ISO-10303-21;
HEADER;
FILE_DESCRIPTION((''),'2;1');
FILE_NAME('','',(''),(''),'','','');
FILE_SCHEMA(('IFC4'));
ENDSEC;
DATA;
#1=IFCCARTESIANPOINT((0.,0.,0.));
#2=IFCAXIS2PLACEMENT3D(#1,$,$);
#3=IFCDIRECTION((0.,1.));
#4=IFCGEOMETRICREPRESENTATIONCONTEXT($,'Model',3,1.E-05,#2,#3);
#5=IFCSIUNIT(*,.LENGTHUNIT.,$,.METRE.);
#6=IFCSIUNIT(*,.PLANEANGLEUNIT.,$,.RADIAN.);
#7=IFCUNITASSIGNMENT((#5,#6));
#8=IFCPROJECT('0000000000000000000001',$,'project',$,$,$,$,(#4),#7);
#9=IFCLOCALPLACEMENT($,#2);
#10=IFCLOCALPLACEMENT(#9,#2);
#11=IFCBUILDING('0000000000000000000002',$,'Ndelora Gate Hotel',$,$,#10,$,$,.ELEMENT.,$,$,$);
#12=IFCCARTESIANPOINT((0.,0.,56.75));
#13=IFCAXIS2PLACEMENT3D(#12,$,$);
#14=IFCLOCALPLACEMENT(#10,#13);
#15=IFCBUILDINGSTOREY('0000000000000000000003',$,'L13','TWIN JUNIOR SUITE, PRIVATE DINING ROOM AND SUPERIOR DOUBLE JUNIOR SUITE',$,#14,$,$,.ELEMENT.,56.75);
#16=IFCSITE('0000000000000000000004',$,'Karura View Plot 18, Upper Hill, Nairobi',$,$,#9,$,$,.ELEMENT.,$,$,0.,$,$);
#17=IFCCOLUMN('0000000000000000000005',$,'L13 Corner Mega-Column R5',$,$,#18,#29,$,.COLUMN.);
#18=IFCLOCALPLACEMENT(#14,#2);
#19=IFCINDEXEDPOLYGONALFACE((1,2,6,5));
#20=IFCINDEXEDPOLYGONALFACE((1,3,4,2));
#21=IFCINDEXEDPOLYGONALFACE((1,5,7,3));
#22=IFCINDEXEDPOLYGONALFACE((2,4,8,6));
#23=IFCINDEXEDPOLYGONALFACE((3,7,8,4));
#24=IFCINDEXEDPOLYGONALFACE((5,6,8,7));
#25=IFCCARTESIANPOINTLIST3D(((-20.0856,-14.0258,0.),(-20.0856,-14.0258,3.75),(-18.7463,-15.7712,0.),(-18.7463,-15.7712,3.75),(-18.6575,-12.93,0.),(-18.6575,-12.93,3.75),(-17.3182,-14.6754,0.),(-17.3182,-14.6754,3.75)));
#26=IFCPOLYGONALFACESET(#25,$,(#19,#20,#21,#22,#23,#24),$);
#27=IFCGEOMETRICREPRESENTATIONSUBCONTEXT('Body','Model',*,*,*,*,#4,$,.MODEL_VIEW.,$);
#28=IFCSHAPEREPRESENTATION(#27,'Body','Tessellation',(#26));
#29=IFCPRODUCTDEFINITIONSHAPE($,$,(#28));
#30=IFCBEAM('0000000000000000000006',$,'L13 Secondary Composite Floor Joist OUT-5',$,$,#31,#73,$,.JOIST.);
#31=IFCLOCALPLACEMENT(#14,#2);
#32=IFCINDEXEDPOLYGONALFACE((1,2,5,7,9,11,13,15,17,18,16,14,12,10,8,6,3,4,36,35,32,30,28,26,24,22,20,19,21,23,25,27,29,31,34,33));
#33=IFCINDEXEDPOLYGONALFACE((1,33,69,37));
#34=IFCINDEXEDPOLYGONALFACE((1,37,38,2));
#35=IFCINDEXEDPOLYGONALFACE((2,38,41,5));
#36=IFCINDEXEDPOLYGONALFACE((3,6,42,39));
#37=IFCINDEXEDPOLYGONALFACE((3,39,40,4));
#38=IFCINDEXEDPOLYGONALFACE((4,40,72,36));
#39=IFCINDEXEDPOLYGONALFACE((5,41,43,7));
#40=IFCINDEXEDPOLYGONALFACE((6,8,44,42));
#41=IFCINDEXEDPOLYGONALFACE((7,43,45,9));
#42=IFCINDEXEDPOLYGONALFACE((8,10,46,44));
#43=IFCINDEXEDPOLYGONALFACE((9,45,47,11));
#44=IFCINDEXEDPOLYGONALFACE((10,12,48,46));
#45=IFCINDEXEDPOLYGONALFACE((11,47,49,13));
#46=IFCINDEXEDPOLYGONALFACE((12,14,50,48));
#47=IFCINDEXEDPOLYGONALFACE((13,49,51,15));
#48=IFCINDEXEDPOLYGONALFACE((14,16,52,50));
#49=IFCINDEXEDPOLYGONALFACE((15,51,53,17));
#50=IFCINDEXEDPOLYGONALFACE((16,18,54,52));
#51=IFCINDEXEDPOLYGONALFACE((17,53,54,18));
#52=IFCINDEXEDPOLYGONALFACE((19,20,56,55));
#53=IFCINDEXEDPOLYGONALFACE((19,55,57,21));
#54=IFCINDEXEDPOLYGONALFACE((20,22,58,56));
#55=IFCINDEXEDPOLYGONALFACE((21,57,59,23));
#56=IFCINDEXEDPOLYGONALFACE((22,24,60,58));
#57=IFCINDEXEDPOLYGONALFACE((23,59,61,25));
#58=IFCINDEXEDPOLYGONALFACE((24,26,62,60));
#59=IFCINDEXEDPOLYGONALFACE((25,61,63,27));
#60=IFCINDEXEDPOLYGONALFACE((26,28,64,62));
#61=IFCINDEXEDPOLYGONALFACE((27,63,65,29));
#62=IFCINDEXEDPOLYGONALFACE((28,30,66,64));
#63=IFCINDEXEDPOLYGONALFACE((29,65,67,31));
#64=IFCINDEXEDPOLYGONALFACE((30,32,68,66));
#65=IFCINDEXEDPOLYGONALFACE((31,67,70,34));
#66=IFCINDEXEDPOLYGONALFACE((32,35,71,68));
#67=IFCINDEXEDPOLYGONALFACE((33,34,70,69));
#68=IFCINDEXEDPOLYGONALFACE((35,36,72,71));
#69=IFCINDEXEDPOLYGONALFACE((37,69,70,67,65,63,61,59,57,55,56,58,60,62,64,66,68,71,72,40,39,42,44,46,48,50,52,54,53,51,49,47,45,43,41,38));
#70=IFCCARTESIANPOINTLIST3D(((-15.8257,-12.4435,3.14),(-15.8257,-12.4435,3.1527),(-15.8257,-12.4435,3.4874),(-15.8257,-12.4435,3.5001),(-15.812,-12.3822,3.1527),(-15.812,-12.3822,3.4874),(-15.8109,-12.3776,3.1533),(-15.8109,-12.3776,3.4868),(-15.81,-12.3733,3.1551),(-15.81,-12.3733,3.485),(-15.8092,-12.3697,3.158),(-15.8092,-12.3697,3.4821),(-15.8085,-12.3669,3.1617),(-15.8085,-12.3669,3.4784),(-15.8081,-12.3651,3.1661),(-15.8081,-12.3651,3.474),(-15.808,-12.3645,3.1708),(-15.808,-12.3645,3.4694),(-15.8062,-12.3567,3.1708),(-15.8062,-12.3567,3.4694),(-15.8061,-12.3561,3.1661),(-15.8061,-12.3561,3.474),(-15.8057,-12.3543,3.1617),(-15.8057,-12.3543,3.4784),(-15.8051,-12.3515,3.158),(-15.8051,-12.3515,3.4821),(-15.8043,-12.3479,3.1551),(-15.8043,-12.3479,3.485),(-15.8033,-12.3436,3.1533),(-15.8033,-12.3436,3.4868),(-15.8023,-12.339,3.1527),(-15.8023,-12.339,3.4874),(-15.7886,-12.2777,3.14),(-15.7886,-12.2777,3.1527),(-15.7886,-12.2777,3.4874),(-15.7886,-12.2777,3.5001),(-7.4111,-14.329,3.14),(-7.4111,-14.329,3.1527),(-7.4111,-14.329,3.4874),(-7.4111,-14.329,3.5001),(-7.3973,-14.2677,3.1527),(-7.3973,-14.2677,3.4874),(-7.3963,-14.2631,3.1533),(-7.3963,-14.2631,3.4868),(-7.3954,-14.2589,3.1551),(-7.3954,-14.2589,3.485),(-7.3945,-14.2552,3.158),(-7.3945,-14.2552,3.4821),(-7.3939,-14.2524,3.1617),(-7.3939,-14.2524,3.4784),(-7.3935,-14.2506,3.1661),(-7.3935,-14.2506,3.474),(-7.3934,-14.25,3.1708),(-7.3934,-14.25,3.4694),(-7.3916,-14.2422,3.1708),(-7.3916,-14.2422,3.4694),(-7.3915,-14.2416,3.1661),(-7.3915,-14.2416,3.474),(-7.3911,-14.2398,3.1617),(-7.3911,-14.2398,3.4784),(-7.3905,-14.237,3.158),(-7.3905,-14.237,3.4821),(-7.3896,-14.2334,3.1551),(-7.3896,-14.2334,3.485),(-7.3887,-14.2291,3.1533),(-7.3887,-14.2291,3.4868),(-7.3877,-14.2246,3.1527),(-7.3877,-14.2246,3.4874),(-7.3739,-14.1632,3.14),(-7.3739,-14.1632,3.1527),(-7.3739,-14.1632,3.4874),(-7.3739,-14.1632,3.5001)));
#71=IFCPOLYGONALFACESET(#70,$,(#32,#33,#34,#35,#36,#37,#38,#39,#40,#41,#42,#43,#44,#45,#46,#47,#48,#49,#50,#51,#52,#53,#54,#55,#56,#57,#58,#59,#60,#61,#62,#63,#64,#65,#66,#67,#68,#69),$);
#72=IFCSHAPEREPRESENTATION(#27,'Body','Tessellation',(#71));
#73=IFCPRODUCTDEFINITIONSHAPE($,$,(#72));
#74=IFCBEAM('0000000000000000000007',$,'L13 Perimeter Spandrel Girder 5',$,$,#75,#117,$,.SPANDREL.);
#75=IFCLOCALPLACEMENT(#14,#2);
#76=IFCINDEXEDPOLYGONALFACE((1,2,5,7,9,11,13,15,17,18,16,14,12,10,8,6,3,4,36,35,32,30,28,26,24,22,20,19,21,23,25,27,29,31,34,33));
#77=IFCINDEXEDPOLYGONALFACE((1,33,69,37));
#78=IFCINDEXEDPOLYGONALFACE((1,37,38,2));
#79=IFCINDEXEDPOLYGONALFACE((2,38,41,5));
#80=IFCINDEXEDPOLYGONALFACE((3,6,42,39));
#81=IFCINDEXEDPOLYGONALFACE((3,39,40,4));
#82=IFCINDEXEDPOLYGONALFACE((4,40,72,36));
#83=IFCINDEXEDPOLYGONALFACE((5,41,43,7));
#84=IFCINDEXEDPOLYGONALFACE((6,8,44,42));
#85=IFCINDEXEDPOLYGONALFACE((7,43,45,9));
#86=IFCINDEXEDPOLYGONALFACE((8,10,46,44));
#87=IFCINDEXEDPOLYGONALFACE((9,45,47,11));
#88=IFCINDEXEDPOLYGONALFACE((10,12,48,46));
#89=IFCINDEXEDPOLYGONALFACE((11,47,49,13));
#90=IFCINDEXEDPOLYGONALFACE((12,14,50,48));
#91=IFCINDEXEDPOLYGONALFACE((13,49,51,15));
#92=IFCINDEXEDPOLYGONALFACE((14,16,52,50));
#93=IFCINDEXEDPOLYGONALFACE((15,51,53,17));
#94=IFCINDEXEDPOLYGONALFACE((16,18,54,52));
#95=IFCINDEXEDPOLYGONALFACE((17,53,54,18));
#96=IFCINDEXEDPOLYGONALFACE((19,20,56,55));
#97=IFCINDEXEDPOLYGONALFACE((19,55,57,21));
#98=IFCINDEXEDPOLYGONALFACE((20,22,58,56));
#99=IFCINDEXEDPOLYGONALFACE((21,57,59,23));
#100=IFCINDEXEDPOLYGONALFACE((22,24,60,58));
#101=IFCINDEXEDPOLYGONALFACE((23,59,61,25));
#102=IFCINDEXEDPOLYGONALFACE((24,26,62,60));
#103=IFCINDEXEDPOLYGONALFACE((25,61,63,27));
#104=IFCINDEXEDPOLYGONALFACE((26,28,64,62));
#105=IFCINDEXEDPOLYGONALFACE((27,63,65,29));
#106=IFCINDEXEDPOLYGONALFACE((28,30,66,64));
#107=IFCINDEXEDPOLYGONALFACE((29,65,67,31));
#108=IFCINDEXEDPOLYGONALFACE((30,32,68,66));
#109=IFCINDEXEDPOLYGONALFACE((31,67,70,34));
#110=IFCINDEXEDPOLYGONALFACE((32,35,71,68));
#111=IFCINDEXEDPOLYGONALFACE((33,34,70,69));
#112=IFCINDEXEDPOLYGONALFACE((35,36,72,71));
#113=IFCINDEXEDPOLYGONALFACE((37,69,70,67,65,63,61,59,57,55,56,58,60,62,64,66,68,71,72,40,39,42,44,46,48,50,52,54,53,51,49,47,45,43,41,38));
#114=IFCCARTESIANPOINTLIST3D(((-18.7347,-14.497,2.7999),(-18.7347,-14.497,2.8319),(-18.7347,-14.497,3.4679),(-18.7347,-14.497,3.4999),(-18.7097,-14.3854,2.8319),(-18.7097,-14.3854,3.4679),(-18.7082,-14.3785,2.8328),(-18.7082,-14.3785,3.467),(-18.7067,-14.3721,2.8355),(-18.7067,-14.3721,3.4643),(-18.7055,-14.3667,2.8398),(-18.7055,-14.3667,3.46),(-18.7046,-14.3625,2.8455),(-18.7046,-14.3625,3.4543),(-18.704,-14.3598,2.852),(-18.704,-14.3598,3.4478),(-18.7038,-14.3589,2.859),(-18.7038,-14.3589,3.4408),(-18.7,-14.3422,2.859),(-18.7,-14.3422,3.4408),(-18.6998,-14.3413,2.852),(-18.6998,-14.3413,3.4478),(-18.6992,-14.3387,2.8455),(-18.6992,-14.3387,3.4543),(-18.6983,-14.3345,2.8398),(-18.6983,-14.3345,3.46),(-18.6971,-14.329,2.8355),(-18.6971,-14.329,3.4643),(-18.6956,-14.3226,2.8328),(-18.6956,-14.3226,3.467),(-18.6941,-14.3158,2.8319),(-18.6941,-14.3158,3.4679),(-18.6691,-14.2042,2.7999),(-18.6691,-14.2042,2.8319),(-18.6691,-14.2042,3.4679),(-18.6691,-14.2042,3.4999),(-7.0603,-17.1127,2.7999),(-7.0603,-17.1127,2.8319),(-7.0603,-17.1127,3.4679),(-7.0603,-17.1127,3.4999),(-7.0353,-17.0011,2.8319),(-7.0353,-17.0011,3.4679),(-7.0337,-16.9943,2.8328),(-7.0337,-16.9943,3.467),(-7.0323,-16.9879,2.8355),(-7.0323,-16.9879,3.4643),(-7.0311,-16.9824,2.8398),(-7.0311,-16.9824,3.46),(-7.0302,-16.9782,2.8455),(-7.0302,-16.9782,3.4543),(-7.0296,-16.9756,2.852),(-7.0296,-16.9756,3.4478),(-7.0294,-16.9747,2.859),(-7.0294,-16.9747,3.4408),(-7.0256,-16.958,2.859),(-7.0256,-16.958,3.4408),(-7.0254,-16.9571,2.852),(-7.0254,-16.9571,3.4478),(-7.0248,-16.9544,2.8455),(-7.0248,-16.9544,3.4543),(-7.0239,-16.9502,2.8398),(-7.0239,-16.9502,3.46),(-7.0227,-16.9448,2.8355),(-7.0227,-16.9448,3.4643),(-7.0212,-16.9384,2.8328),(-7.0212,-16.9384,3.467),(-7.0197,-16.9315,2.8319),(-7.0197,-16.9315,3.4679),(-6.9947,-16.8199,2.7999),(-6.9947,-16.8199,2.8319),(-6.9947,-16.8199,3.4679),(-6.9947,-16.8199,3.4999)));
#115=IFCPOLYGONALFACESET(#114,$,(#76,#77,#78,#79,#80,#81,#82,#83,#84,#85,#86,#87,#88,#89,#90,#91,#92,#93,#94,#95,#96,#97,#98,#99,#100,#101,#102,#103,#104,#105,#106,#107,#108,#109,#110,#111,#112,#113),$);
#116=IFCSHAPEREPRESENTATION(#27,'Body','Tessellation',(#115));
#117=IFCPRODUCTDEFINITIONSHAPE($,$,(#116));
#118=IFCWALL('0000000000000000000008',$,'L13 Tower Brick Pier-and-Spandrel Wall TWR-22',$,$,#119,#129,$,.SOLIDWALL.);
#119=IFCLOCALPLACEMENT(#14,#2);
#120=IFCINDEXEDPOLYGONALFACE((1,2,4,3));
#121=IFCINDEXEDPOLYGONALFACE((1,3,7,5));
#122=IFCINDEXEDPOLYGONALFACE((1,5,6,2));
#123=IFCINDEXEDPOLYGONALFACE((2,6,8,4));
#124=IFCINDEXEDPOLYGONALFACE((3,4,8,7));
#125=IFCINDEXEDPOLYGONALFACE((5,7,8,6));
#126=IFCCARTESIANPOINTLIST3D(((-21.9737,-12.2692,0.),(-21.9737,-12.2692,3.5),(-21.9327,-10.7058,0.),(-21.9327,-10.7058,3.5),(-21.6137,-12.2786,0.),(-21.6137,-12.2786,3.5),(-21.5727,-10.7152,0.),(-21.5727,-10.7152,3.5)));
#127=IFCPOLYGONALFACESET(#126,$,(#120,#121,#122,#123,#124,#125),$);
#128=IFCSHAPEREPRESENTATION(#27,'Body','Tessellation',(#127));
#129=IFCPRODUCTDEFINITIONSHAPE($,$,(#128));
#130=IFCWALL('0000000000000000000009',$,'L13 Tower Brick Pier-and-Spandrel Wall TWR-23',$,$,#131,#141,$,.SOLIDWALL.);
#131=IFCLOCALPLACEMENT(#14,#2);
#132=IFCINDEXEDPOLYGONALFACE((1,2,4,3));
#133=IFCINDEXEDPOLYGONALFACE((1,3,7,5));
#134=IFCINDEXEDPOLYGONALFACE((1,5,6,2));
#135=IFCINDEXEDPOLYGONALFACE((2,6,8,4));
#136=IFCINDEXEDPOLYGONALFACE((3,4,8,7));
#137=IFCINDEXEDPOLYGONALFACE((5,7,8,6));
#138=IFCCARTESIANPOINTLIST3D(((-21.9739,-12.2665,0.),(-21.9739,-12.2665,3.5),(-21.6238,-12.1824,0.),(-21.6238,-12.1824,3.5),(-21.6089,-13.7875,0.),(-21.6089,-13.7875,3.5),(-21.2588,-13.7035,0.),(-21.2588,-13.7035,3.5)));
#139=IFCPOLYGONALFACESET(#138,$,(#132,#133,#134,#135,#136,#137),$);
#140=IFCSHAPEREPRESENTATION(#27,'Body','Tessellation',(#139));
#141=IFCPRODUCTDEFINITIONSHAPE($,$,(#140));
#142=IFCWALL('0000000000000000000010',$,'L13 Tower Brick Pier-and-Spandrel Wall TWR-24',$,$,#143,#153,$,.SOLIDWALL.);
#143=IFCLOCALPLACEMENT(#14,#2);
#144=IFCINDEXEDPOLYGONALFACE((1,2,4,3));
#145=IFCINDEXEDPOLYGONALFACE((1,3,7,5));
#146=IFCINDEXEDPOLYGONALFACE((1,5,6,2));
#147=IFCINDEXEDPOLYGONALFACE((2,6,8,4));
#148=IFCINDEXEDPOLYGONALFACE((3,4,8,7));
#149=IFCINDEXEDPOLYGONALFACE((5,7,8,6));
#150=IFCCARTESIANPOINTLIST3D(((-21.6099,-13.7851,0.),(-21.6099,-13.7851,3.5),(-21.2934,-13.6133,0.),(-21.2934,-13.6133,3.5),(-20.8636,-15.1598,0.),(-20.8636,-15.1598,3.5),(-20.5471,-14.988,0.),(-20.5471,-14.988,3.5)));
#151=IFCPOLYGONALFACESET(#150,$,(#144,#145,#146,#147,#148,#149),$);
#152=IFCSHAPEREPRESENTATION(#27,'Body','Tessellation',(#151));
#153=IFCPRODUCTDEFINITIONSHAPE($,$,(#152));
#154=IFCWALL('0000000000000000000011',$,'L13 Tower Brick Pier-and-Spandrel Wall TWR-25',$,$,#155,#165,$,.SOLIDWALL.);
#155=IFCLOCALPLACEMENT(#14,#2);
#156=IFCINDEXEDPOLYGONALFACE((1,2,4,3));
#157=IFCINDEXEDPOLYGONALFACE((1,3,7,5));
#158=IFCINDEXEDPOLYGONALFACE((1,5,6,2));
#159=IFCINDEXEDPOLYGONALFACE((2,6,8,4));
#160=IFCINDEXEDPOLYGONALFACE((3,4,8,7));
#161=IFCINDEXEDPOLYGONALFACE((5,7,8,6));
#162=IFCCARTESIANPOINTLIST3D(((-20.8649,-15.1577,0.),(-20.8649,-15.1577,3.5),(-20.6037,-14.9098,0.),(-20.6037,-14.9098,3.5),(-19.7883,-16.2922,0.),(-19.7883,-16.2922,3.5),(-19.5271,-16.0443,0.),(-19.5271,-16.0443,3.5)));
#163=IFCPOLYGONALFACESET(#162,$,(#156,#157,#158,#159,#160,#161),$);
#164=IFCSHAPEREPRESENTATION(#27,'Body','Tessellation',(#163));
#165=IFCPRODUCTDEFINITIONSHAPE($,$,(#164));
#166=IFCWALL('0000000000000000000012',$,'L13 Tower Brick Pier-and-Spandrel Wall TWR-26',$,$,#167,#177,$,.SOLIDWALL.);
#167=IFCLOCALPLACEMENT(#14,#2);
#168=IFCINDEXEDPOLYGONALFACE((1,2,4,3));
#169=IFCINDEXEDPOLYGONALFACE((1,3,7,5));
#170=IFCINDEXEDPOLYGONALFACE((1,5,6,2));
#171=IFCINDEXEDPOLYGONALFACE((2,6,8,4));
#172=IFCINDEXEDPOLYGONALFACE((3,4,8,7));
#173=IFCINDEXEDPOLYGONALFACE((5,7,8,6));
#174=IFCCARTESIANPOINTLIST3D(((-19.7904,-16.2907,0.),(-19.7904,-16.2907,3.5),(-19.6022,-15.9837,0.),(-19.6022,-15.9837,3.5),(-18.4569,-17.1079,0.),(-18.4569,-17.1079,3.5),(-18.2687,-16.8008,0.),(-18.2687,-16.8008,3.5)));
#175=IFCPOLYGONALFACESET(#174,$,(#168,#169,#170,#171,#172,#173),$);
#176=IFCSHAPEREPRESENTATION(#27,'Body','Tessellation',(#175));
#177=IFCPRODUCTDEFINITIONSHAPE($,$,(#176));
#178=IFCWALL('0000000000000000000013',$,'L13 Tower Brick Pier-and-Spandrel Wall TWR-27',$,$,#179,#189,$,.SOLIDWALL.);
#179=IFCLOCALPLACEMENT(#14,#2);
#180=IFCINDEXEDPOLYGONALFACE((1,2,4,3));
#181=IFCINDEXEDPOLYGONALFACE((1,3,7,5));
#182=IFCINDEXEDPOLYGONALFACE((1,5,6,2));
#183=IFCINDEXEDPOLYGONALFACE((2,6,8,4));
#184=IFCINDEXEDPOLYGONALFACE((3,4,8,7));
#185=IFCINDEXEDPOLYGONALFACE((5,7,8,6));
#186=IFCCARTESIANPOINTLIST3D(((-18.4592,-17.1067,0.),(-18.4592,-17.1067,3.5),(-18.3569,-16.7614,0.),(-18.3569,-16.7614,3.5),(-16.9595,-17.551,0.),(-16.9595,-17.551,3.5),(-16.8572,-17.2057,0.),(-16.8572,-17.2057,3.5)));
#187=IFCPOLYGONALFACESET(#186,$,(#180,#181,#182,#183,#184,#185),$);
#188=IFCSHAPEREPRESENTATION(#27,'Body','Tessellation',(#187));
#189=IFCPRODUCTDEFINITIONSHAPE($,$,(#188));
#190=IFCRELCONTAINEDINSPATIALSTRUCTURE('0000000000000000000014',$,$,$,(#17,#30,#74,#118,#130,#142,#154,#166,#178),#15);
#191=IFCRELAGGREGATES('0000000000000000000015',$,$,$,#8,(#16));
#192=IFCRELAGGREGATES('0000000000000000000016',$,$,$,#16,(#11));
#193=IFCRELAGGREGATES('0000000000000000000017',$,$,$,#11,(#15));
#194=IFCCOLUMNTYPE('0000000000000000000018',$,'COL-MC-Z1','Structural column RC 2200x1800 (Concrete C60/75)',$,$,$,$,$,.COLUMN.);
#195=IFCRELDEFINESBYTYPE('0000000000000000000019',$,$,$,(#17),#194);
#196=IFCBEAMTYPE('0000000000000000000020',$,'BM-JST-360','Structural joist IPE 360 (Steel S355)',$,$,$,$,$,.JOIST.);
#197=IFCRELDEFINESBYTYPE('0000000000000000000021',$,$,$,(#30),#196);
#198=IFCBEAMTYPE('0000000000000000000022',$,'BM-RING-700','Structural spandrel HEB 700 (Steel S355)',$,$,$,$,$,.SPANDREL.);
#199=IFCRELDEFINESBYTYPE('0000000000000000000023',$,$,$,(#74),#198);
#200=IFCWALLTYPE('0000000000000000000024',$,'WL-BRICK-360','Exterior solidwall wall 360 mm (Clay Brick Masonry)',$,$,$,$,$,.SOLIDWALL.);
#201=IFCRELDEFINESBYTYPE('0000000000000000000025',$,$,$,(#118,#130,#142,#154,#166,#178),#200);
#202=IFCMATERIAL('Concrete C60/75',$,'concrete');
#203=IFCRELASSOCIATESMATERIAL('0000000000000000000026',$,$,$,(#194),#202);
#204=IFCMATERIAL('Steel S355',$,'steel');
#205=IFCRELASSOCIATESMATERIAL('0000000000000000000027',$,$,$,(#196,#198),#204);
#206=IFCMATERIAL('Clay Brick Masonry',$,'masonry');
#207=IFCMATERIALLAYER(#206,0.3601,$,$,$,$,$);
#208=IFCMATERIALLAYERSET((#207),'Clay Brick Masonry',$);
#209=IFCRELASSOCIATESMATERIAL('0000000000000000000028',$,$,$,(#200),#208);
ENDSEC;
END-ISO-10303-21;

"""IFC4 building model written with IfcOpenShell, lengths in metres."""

from ifc_helpers import new_model, si_unit, direction, frame, frame_2d, origin, origin_2d, place, context, subcontext, project, spatial, rectangle, i_section, extrude, material, layer, layer_set, material_profile, profile_set, type_object, element, save


model = new_model("IFC4")

# Units and contexts
model_context = context("Model", 3, precision=1e-05, world=origin(), true_north=direction((0.0, 1.0)))
body_context = subcontext(model_context, "Body", "Model", "MODEL_VIEW")
ifc_project = project(units=[si_unit("LENGTHUNIT", "METRE"), si_unit("PLANEANGLEUNIT", "RADIAN")], contexts=[model_context])

# Site, building, storey
site_placement = place(None, origin())
site = spatial("IfcSite", under=ifc_project, at=site_placement, Name="Karura View Plot 18, Upper Hill, Nairobi", CompositionType="ELEMENT", RefElevation=0.0)
building_placement = place(site_placement, origin())
building = spatial("IfcBuilding", under=site, at=building_placement, Name="Ndelora Gate Hotel", CompositionType="ELEMENT")
storey_placement = place(building_placement, frame((0.0, 0.0, 56.75)))
storey = spatial("IfcBuildingStorey", under=building, at=storey_placement, Name="L13", Description="TWIN JUNIOR SUITE, PRIVATE DINING ROOM AND SUPERIOR DOUBLE JUNIOR SUITE", CompositionType="ELEMENT", Elevation=56.75)

# Column
ifc_material_1 = material(Name="Concrete C60/75", Category="concrete")
ifc_material_profile_1 = material_profile(ifc_material_1, rectangle(XDim=1.8, YDim=2.2, at=origin_2d()), Name="RC 2200x1800")
ifc_profile_set_1 = profile_set([ifc_material_profile_1], Name="Concrete C60/75")
column_type = type_object("IfcColumnType", Name="COL-MC-Z1", Description="Structural column RC 2200x1800 (Concrete C60/75)", PredefinedType="COLUMN", material=ifc_profile_set_1)
column_placement = place(storey_placement, frame((-18.7019, -14.3506, 0.0), z_axis=(0.0, 0.0, 1.0), x_axis=(0.793353, 0.608761, 0.0)))
element("IfcColumn", 1, at=column_placement, inside=storey, type_object=column_type, Name="L13 Corner Mega-Column R5", PredefinedType="COLUMN", context=body_context, shape_type="SweptSolid", body=[
    extrude(rectangle(XDim=1.8, YDim=2.2, at=origin_2d()), origin(), (0.0, 0.0, 1.0), 3.75),
])

# Beams
ifc_material_2 = material(Name="Steel S355", Category="steel")
ifc_material_profile_2 = material_profile(ifc_material_2, i_section(OverallWidth=0.1699, OverallDepth=0.3601, WebThickness=0.0081, FlangeThickness=0.0127, FilletRadius=0.0181, at=origin_2d()), Name="IPE 360")
ifc_profile_set_2 = profile_set([ifc_material_profile_2], Name="Steel S355")
beam_type_1 = type_object("IfcBeamType", Name="BM-JST-360", Description="Structural joist IPE 360 (Steel S355)", PredefinedType="JOIST", material=ifc_profile_set_2)
beam_1_placement = place(storey_placement, frame((-15.8071, -12.3606, 3.3201), z_axis=(0.975802, -0.218654, 0.0), x_axis=(0.218654, 0.975802, 0.0)))
element("IfcBeam", 2, at=beam_1_placement, inside=storey, type_object=beam_type_1, Name="L13 Secondary Composite Floor Joist OUT-5", PredefinedType="JOIST", context=body_context, shape_type="SweptSolid", body=[
    extrude(i_section(OverallWidth=0.1699, OverallDepth=0.3601, WebThickness=0.0081, FlangeThickness=0.0127, FilletRadius=0.0181, at=origin_2d()), origin(), (0.0, 0.0, 1.0), 8.6233),
])
ifc_material_profile_3 = material_profile(ifc_material_2, i_section(OverallWidth=0.3, OverallDepth=0.7, WebThickness=0.0171, FlangeThickness=0.032, FilletRadius=0.0271, at=origin_2d()), Name="HEB 700")
ifc_profile_set_3 = profile_set([ifc_material_profile_3], Name="Steel S355")
beam_type_2 = type_object("IfcBeamType", Name="BM-RING-700", Description="Structural spandrel HEB 700 (Steel S355)", PredefinedType="SPANDREL", material=ifc_profile_set_3)
beam_2_placement = place(storey_placement, frame((-18.7019, -14.3506, 3.1499), z_axis=(0.975806, -0.218637, 0.0), x_axis=(0.218637, 0.975806, 0.0)))
element("IfcBeam", 3, at=beam_2_placement, inside=storey, type_object=beam_type_2, Name="L13 Perimeter Spandrel Girder 5", PredefinedType="SPANDREL", context=body_context, shape_type="SweptSolid", body=[
    extrude(i_section(OverallWidth=0.3, OverallDepth=0.7, WebThickness=0.0171, FlangeThickness=0.032, FilletRadius=0.0271, at=origin_2d()), origin(), (0.0, 0.0, 1.0), 11.9639),
])

# Walls
ifc_material_3 = material(Name="Clay Brick Masonry", Category="masonry")
ifc_layer_1 = layer(ifc_material_3, 0.3601)
ifc_layer_set_1 = layer_set([ifc_layer_1], Name="Clay Brick Masonry")
wall_type_1 = type_object("IfcWallType", Name="WL-BRICK-360", Description="Exterior solidwall wall 360 mm (Clay Brick Masonry)", PredefinedType="SOLIDWALL", material=ifc_layer_set_1)
wall_1_placement = place(storey_placement, frame((-21.7937, -12.2739, 0.0), z_axis=(0.0, 0.0, 1.0), x_axis=(0.026225, 0.999656, 0.0)))
element("IfcWall", 4, at=wall_1_placement, inside=storey, type_object=wall_type_1, Name="L13 Tower Brick Pier-and-Spandrel Wall TWR-22", PredefinedType="SOLIDWALL", context=body_context, shape_type="SweptSolid", body=[
    extrude(rectangle(XDim=1.564, YDim=0.3601, at=frame_2d((0.782, 0.0))), origin(), (0.0, 0.0, 1.0), 3.5),
])
for number, where, z_axis, x_axis, name in (
    (5, (-21.4338, -13.7456, 0.0), (0.0, 0.0, 1.0), (-0.233343, 0.972394, 0.0), "L13 Tower Brick Pier-and-Spandrel Wall TWR-23"),
    (6, (-20.7053, -15.074, 0.0), (0.0, 0.0, 1.0), (-0.477113, 0.878842, 0.0), "L13 Tower Brick Pier-and-Spandrel Wall TWR-24"),
):
    element("IfcWall", number, at=place(storey_placement, frame(where, z_axis=z_axis, x_axis=x_axis)), inside=storey, type_object=wall_type_1, Name=name, PredefinedType="SOLIDWALL", context=body_context, shape_type="SweptSolid", body=[
        extrude(rectangle(XDim=1.5642, YDim=0.3601, at=frame_2d((0.7822, 0.0))), origin(), (0.0, 0.0, 1.0), 3.5),
    ])
for number, where, z_axis, x_axis, name in (
    (7, (-19.6577, -16.1682, 0.0), (0.0, 0.0, 1.0), (-0.688368, 0.725362, 0.0), "L13 Tower Brick Pier-and-Spandrel Wall TWR-25"),
    (8, (-18.3628, -16.9543, 0.0), (0.0, 0.0, 1.0), (-0.852648, 0.522485, 0.0), "L13 Tower Brick Pier-and-Spandrel Wall TWR-26"),
):
    element("IfcWall", number, at=place(storey_placement, frame(where, z_axis=z_axis, x_axis=x_axis)), inside=storey, type_object=wall_type_1, Name=name, PredefinedType="SOLIDWALL", context=body_context, shape_type="SweptSolid", body=[
        extrude(rectangle(XDim=1.564, YDim=0.3601, at=frame_2d((0.782, 0.0))), origin(), (0.0, 0.0, 1.0), 3.5),
    ])
for number, where, z_axis, x_axis, name in (
    (9, (-16.9082, -17.3784, 0.0), (0.0, 0.0, 1.0), (-0.958804, 0.284067, 0.0), "L13 Tower Brick Pier-and-Spandrel Wall TWR-27"),
):
    element("IfcWall", number, at=place(storey_placement, frame(where, z_axis=z_axis, x_axis=x_axis)), inside=storey, type_object=wall_type_1, Name=name, PredefinedType="SOLIDWALL", context=body_context, shape_type="SweptSolid", body=[
        extrude(rectangle(XDim=1.5642, YDim=0.3601, at=frame_2d((0.7822, 0.0))), origin(), (0.0, 0.0, 1.0), 3.5),
    ])

save(model, "model.ifc")
